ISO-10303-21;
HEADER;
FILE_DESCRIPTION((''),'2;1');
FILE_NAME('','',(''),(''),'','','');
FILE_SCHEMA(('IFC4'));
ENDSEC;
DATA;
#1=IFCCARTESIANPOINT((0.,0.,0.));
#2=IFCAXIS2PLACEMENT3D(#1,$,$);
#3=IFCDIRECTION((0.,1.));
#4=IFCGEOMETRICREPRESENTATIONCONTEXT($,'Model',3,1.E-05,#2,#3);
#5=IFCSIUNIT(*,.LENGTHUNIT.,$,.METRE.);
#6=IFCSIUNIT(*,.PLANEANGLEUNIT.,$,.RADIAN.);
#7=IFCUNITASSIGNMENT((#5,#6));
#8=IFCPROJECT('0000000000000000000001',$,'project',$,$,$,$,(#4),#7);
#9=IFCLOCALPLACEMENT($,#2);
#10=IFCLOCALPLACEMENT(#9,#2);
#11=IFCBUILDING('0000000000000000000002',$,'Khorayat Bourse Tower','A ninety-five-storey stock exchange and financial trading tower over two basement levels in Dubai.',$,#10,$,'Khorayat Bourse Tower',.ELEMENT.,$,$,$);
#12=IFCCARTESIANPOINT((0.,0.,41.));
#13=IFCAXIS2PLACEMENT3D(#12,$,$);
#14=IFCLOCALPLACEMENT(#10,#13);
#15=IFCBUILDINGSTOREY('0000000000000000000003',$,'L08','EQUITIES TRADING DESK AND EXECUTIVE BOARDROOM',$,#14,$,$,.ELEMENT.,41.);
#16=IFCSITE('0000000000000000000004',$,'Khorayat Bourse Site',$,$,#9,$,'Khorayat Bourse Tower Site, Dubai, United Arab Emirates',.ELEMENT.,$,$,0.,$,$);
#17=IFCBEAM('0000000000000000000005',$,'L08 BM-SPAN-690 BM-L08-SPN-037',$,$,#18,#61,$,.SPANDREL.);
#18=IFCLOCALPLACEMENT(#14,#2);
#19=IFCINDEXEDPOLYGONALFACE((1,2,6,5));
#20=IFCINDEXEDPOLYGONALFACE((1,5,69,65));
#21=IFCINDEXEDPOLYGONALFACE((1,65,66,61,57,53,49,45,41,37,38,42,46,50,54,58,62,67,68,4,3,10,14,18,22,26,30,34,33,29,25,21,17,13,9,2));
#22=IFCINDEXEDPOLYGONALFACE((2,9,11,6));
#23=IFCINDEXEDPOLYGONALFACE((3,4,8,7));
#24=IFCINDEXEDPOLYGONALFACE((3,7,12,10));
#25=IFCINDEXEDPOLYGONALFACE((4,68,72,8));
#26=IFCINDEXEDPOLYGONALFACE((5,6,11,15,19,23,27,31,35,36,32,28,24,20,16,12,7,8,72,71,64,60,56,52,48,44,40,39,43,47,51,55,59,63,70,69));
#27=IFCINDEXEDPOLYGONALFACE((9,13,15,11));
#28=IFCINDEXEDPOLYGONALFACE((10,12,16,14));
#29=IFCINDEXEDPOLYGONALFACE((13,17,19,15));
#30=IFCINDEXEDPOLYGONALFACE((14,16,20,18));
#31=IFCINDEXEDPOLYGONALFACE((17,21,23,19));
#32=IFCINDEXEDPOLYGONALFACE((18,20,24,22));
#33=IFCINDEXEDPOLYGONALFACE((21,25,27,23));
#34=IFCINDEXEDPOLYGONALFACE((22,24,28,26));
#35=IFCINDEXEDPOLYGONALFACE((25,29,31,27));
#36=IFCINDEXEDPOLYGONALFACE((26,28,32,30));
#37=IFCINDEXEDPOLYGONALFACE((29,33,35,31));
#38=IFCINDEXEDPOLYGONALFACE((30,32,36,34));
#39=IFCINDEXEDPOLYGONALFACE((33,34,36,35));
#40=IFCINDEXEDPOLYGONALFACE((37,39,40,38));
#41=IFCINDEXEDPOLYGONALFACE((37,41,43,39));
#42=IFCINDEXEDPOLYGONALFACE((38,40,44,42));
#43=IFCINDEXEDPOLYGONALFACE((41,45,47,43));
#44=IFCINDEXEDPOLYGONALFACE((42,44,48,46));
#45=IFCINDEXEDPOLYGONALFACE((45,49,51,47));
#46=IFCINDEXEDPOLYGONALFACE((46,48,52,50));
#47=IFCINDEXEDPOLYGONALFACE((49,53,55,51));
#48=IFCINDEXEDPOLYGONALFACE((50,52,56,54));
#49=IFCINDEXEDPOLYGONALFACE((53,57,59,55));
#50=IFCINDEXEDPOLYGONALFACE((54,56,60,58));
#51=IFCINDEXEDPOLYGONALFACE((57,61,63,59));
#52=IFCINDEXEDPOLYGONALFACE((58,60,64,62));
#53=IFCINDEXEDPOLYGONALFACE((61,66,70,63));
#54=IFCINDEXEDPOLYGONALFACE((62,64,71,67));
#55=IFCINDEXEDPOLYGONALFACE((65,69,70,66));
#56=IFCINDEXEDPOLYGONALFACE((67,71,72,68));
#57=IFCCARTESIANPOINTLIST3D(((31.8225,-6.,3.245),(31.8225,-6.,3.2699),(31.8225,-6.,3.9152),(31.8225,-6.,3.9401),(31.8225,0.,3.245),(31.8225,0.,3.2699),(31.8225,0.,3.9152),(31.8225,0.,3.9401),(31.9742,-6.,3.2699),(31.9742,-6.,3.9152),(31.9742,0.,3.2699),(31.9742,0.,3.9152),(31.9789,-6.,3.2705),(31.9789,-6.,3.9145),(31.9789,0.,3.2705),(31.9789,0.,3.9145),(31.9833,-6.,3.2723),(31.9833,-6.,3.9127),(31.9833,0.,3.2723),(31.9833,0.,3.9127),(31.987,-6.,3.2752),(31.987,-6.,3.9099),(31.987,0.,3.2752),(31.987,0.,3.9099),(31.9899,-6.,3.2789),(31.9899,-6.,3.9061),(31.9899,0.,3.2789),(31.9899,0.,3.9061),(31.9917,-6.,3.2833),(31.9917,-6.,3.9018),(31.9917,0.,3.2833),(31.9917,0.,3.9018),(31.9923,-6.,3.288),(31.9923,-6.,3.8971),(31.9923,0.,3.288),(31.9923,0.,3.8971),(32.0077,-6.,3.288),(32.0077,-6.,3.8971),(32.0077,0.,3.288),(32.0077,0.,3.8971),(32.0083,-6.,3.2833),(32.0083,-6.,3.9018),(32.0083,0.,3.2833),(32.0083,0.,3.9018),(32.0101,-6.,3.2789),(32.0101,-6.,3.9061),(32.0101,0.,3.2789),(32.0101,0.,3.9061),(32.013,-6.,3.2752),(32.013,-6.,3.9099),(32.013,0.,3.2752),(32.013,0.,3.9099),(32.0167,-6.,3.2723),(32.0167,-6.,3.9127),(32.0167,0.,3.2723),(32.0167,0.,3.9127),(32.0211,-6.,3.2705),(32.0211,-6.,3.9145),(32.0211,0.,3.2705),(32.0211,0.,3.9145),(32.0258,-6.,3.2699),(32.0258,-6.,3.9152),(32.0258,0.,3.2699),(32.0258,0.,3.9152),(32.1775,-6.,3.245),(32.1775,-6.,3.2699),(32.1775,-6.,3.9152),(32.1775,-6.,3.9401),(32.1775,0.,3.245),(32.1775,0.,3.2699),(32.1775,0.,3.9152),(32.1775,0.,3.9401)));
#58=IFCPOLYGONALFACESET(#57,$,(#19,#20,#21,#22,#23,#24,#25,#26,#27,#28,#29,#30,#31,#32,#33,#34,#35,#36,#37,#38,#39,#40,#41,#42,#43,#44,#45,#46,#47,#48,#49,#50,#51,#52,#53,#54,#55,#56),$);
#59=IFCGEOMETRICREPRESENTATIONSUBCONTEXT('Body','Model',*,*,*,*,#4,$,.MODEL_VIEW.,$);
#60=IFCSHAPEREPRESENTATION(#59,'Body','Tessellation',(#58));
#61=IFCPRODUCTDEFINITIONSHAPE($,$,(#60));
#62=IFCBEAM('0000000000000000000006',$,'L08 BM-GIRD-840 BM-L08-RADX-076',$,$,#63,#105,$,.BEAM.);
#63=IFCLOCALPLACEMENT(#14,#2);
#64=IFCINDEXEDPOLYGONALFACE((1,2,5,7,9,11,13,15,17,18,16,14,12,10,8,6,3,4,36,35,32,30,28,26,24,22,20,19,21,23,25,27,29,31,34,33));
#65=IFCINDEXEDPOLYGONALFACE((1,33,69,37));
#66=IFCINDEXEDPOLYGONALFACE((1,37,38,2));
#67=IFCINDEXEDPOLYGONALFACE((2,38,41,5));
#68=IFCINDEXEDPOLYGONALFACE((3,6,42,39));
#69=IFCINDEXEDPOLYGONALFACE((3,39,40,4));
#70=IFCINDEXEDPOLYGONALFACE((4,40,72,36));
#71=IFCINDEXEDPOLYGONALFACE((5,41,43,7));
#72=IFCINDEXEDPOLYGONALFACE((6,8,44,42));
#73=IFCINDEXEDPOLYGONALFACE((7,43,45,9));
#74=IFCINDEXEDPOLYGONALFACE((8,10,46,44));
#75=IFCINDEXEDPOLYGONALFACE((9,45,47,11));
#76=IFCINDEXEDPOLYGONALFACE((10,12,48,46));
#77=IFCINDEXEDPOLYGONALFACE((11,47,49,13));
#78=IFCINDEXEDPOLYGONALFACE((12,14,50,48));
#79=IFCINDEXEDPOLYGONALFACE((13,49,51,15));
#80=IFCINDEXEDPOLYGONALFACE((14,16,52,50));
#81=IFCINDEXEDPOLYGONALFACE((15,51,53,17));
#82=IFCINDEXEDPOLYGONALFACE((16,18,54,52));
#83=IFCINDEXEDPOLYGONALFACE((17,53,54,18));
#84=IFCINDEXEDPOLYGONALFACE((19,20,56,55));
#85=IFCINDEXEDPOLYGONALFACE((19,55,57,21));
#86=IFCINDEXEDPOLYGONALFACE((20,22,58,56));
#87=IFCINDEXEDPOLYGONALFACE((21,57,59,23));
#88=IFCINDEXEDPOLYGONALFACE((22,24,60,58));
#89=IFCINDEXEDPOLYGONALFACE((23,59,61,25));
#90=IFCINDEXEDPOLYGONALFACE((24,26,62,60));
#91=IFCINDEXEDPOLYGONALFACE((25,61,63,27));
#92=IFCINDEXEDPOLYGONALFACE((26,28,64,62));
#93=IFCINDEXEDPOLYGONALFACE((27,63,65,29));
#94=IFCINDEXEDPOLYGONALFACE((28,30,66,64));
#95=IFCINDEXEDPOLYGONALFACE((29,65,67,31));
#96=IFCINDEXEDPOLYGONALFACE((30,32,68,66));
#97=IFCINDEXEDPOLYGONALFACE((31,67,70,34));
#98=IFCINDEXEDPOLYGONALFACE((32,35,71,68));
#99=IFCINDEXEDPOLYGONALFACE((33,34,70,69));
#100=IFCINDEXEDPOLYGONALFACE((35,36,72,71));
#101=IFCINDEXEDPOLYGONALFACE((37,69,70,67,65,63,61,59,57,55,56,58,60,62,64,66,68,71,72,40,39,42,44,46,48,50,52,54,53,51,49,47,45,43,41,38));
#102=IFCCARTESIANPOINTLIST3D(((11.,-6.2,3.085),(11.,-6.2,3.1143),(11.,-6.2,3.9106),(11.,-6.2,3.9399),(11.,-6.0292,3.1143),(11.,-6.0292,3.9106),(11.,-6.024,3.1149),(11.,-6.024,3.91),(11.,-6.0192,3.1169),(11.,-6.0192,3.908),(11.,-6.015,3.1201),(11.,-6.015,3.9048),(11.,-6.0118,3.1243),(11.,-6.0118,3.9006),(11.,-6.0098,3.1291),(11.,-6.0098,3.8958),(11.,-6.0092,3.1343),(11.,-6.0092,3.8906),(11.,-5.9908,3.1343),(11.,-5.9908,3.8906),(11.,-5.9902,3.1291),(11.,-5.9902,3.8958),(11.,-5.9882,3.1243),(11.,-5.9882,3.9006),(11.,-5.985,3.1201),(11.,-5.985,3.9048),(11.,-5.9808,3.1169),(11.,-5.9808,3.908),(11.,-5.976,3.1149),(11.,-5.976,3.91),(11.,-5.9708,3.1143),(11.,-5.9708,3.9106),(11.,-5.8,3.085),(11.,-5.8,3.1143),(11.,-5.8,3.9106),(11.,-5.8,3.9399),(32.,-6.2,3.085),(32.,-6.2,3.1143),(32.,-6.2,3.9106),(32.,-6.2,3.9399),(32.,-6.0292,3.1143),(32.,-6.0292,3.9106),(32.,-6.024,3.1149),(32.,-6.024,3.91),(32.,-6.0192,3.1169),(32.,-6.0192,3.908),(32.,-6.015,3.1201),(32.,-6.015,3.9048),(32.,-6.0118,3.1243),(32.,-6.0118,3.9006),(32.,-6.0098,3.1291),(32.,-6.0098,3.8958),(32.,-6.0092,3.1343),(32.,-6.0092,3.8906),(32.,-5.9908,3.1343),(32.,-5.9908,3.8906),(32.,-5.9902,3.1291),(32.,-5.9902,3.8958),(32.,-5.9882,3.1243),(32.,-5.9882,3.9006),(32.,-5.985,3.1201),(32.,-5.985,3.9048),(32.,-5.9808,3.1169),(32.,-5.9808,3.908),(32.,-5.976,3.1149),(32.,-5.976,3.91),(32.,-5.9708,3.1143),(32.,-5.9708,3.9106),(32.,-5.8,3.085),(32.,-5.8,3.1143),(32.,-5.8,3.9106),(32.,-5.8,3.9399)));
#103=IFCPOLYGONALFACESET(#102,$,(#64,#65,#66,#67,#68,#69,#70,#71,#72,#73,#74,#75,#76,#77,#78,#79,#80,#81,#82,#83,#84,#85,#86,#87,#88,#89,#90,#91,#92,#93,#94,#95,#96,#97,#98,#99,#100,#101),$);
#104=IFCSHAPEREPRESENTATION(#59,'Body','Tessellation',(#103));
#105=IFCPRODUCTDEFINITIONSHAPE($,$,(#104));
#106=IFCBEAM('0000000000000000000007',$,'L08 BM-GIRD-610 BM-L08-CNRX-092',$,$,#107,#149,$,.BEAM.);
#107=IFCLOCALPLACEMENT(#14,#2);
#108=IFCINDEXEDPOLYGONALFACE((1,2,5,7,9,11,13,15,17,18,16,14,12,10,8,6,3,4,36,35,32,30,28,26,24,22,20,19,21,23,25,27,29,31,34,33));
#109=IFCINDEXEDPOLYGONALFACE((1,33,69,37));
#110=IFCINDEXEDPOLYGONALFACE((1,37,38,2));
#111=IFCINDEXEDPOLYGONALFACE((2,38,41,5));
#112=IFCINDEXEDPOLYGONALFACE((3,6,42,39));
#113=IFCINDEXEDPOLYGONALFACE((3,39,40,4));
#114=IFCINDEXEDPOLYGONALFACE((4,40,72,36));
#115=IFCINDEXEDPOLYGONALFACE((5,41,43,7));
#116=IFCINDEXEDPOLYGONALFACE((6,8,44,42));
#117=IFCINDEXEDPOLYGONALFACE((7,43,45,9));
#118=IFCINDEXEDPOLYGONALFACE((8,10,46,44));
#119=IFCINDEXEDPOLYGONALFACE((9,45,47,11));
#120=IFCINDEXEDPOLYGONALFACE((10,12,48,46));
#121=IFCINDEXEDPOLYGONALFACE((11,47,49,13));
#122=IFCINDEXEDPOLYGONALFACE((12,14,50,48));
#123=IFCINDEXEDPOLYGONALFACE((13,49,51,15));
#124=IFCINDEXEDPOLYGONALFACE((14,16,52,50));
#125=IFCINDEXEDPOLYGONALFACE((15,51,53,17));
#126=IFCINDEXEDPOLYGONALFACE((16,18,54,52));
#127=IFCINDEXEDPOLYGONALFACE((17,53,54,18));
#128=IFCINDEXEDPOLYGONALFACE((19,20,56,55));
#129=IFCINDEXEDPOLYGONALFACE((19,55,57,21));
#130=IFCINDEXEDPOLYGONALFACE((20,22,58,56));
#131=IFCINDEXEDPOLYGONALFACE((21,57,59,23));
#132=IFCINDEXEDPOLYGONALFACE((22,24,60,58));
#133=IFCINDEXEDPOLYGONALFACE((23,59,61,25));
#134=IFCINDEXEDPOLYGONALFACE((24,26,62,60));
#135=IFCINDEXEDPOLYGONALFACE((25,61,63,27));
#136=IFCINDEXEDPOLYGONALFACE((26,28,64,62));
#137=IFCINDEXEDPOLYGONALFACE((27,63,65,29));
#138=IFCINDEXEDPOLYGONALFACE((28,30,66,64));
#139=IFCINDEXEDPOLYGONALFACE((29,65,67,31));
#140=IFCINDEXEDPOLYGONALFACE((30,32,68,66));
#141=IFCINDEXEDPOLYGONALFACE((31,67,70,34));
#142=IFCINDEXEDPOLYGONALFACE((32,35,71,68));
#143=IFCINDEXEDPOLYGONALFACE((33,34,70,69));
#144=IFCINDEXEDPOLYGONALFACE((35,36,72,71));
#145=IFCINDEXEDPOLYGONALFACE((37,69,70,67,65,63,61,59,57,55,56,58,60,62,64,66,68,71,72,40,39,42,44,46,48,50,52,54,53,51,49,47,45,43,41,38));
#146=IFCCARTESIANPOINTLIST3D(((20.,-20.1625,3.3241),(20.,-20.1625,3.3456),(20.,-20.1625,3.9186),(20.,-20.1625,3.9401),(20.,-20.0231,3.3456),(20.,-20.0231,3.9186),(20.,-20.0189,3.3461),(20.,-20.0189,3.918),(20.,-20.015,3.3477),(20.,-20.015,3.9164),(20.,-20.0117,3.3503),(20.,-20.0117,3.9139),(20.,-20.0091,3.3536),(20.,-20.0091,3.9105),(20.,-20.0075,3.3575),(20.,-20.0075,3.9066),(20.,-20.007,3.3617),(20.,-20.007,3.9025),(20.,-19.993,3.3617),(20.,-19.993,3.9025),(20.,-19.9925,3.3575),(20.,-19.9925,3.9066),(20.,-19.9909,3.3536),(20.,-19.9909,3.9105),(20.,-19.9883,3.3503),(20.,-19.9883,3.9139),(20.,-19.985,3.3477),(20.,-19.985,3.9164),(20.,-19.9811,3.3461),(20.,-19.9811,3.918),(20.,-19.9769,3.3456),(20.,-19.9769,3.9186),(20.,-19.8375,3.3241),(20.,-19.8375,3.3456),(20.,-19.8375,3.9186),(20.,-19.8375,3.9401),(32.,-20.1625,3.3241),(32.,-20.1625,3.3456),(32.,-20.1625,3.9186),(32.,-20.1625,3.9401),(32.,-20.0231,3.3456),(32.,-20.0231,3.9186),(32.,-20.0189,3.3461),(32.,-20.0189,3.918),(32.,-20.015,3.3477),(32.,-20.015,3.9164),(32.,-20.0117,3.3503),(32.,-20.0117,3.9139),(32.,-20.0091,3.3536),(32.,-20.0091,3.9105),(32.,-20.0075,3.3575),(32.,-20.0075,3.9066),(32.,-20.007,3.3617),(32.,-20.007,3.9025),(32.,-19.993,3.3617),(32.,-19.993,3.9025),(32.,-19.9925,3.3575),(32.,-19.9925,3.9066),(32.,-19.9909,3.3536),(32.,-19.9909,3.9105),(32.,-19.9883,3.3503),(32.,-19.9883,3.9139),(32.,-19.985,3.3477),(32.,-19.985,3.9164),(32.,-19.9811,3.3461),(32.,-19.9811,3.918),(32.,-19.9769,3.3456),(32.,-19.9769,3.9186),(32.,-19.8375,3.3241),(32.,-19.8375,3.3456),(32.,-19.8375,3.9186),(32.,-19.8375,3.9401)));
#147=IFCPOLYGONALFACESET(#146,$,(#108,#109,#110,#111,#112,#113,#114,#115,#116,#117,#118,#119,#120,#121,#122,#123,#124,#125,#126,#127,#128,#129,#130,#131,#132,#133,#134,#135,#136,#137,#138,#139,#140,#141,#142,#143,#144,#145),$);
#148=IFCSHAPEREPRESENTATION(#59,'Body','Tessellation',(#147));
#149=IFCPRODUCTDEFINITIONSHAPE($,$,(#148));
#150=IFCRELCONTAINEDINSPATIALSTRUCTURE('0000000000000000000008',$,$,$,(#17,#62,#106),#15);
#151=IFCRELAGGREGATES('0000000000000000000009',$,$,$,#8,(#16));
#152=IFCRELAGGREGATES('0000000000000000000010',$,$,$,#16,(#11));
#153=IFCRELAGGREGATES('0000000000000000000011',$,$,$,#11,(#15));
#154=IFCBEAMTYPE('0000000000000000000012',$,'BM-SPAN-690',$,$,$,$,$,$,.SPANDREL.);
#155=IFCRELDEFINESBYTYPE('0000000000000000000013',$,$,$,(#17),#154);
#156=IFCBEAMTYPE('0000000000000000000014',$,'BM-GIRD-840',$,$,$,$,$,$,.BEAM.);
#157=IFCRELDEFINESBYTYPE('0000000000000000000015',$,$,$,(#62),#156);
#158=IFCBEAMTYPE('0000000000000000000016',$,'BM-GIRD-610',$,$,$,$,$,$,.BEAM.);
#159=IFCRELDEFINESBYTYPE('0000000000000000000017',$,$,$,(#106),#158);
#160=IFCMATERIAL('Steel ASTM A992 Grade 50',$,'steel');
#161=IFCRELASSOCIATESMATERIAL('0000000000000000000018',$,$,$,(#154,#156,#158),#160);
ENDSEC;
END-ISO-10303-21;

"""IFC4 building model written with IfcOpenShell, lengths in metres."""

from ifc_helpers import new_model, si_unit, direction, frame, origin, origin_2d, place, context, subcontext, project, spatial, i_section, extrude, source, transform, mapped, material, material_profile, profile_set, type_object, element, save


model = new_model("IFC4")

# Units and contexts
model_context = context("Model", 3, precision=1e-05, world=origin(), true_north=direction((0.0, 1.0)))
body_context = subcontext(model_context, "Body", "Model", "MODEL_VIEW")
ifc_project = project(units=[si_unit("LENGTHUNIT", "METRE"), si_unit("PLANEANGLEUNIT", "RADIAN")], contexts=[model_context])

# Site, building, storey
site_placement = place(None, origin())
site = spatial("IfcSite", under=ifc_project, at=site_placement, Name="Khorayat Bourse Site", LongName="Khorayat Bourse Tower Site, Dubai, United Arab Emirates", CompositionType="ELEMENT", RefElevation=0.0)
building_placement = place(site_placement, origin())
building = spatial("IfcBuilding", under=site, at=building_placement, Name="Khorayat Bourse Tower", Description="A ninety-five-storey stock exchange and financial trading tower over two basement levels in Dubai.", LongName="Khorayat Bourse Tower", CompositionType="ELEMENT")
storey_placement = place(building_placement, frame((0.0, 0.0, 41.0)))
storey = spatial("IfcBuildingStorey", under=building, at=storey_placement, Name="L08", Description="EQUITIES TRADING DESK AND EXECUTIVE BOARDROOM", CompositionType="ELEMENT", Elevation=41.0)

# Beams
ifc_material_1 = material(Name="Steel ASTM A992 Grade 50", Category="steel")
ifc_material_profile_1 = material_profile(ifc_material_1, i_section(OverallWidth=0.355, OverallDepth=0.6951, WebThickness=0.0154, FlangeThickness=0.0249, FilletRadius=0.0181, at=origin_2d()), Name="W690X217")
ifc_profile_set_1 = profile_set([ifc_material_profile_1], Name="Steel ASTM A992 Grade 50")
beam_type_1 = type_object("IfcBeamType", Name="BM-SPAN-690", PredefinedType="SPANDREL", material=ifc_profile_set_1)
shared_shape_1 = source(origin(), body_context, "Body", "SweptSolid", [
    extrude(i_section(OverallWidth=0.355, OverallDepth=0.6951, WebThickness=0.0154, FlangeThickness=0.0249, FilletRadius=0.0181, at=origin_2d()), origin(), (0.0, 0.0, 1.0), 6.0),
])
beam_1_placement = place(storey_placement, frame((32.0, -6.0, 3.5925), z_axis=(0.0, 1.0, 0.0), x_axis=(-1.0, 0.0, 0.0)))
element("IfcBeam", 1, at=beam_1_placement, inside=storey, type_object=beam_type_1, Name="L08 BM-SPAN-690 BM-L08-SPN-037", PredefinedType="SPANDREL", context=body_context, shape_type="MappedRepresentation", body=[
    mapped(shared_shape_1, transform((0.0, 0.0, 0.0), scale=1.0)),
])
ifc_material_profile_2 = material_profile(ifc_material_1, i_section(OverallWidth=0.3999, OverallDepth=0.855, WebThickness=0.0183, FlangeThickness=0.0293, FilletRadius=0.02, at=origin_2d()), Name="W840X299")
ifc_profile_set_2 = profile_set([ifc_material_profile_2], Name="Steel ASTM A992 Grade 50")
beam_type_2 = type_object("IfcBeamType", Name="BM-GIRD-840", PredefinedType="BEAM", material=ifc_profile_set_2)
shared_shape_2 = source(origin(), body_context, "Body", "SweptSolid", [
    extrude(i_section(OverallWidth=0.3999, OverallDepth=0.855, WebThickness=0.0183, FlangeThickness=0.0293, FilletRadius=0.02, at=origin_2d()), origin(), (0.0, 0.0, 1.0), 21.0),
])
beam_2_placement = place(storey_placement, frame((11.0, -6.0, 3.5125), z_axis=(1.0, 0.0, 0.0), x_axis=(0.0, 1.0, 0.0)))
element("IfcBeam", 2, at=beam_2_placement, inside=storey, type_object=beam_type_2, Name="L08 BM-GIRD-840 BM-L08-RADX-076", PredefinedType="BEAM", context=body_context, shape_type="MappedRepresentation", body=[
    mapped(shared_shape_2, transform((0.0, 0.0, 0.0), scale=1.0)),
])
ifc_material_profile_3 = material_profile(ifc_material_1, i_section(OverallWidth=0.325, OverallDepth=0.616, WebThickness=0.0139, FlangeThickness=0.0215, FilletRadius=0.0161, at=origin_2d()), Name="W610X174")
ifc_profile_set_3 = profile_set([ifc_material_profile_3], Name="Steel ASTM A992 Grade 50")
beam_type_3 = type_object("IfcBeamType", Name="BM-GIRD-610", PredefinedType="BEAM", material=ifc_profile_set_3)
shared_shape_3 = source(origin(), body_context, "Body", "SweptSolid", [
    extrude(i_section(OverallWidth=0.325, OverallDepth=0.616, WebThickness=0.0139, FlangeThickness=0.0215, FilletRadius=0.0161, at=origin_2d()), origin(), (0.0, 0.0, 1.0), 12.0),
])
beam_3_placement = place(storey_placement, frame((20.0, -20.0, 3.6321), z_axis=(1.0, 0.0, 0.0), x_axis=(0.0, 1.0, 0.0)))
element("IfcBeam", 3, at=beam_3_placement, inside=storey, type_object=beam_type_3, Name="L08 BM-GIRD-610 BM-L08-CNRX-092", PredefinedType="BEAM", context=body_context, shape_type="MappedRepresentation", body=[
    mapped(shared_shape_3, transform((0.0, 0.0, 0.0), scale=1.0)),
])

save(model, "model.ifc")
